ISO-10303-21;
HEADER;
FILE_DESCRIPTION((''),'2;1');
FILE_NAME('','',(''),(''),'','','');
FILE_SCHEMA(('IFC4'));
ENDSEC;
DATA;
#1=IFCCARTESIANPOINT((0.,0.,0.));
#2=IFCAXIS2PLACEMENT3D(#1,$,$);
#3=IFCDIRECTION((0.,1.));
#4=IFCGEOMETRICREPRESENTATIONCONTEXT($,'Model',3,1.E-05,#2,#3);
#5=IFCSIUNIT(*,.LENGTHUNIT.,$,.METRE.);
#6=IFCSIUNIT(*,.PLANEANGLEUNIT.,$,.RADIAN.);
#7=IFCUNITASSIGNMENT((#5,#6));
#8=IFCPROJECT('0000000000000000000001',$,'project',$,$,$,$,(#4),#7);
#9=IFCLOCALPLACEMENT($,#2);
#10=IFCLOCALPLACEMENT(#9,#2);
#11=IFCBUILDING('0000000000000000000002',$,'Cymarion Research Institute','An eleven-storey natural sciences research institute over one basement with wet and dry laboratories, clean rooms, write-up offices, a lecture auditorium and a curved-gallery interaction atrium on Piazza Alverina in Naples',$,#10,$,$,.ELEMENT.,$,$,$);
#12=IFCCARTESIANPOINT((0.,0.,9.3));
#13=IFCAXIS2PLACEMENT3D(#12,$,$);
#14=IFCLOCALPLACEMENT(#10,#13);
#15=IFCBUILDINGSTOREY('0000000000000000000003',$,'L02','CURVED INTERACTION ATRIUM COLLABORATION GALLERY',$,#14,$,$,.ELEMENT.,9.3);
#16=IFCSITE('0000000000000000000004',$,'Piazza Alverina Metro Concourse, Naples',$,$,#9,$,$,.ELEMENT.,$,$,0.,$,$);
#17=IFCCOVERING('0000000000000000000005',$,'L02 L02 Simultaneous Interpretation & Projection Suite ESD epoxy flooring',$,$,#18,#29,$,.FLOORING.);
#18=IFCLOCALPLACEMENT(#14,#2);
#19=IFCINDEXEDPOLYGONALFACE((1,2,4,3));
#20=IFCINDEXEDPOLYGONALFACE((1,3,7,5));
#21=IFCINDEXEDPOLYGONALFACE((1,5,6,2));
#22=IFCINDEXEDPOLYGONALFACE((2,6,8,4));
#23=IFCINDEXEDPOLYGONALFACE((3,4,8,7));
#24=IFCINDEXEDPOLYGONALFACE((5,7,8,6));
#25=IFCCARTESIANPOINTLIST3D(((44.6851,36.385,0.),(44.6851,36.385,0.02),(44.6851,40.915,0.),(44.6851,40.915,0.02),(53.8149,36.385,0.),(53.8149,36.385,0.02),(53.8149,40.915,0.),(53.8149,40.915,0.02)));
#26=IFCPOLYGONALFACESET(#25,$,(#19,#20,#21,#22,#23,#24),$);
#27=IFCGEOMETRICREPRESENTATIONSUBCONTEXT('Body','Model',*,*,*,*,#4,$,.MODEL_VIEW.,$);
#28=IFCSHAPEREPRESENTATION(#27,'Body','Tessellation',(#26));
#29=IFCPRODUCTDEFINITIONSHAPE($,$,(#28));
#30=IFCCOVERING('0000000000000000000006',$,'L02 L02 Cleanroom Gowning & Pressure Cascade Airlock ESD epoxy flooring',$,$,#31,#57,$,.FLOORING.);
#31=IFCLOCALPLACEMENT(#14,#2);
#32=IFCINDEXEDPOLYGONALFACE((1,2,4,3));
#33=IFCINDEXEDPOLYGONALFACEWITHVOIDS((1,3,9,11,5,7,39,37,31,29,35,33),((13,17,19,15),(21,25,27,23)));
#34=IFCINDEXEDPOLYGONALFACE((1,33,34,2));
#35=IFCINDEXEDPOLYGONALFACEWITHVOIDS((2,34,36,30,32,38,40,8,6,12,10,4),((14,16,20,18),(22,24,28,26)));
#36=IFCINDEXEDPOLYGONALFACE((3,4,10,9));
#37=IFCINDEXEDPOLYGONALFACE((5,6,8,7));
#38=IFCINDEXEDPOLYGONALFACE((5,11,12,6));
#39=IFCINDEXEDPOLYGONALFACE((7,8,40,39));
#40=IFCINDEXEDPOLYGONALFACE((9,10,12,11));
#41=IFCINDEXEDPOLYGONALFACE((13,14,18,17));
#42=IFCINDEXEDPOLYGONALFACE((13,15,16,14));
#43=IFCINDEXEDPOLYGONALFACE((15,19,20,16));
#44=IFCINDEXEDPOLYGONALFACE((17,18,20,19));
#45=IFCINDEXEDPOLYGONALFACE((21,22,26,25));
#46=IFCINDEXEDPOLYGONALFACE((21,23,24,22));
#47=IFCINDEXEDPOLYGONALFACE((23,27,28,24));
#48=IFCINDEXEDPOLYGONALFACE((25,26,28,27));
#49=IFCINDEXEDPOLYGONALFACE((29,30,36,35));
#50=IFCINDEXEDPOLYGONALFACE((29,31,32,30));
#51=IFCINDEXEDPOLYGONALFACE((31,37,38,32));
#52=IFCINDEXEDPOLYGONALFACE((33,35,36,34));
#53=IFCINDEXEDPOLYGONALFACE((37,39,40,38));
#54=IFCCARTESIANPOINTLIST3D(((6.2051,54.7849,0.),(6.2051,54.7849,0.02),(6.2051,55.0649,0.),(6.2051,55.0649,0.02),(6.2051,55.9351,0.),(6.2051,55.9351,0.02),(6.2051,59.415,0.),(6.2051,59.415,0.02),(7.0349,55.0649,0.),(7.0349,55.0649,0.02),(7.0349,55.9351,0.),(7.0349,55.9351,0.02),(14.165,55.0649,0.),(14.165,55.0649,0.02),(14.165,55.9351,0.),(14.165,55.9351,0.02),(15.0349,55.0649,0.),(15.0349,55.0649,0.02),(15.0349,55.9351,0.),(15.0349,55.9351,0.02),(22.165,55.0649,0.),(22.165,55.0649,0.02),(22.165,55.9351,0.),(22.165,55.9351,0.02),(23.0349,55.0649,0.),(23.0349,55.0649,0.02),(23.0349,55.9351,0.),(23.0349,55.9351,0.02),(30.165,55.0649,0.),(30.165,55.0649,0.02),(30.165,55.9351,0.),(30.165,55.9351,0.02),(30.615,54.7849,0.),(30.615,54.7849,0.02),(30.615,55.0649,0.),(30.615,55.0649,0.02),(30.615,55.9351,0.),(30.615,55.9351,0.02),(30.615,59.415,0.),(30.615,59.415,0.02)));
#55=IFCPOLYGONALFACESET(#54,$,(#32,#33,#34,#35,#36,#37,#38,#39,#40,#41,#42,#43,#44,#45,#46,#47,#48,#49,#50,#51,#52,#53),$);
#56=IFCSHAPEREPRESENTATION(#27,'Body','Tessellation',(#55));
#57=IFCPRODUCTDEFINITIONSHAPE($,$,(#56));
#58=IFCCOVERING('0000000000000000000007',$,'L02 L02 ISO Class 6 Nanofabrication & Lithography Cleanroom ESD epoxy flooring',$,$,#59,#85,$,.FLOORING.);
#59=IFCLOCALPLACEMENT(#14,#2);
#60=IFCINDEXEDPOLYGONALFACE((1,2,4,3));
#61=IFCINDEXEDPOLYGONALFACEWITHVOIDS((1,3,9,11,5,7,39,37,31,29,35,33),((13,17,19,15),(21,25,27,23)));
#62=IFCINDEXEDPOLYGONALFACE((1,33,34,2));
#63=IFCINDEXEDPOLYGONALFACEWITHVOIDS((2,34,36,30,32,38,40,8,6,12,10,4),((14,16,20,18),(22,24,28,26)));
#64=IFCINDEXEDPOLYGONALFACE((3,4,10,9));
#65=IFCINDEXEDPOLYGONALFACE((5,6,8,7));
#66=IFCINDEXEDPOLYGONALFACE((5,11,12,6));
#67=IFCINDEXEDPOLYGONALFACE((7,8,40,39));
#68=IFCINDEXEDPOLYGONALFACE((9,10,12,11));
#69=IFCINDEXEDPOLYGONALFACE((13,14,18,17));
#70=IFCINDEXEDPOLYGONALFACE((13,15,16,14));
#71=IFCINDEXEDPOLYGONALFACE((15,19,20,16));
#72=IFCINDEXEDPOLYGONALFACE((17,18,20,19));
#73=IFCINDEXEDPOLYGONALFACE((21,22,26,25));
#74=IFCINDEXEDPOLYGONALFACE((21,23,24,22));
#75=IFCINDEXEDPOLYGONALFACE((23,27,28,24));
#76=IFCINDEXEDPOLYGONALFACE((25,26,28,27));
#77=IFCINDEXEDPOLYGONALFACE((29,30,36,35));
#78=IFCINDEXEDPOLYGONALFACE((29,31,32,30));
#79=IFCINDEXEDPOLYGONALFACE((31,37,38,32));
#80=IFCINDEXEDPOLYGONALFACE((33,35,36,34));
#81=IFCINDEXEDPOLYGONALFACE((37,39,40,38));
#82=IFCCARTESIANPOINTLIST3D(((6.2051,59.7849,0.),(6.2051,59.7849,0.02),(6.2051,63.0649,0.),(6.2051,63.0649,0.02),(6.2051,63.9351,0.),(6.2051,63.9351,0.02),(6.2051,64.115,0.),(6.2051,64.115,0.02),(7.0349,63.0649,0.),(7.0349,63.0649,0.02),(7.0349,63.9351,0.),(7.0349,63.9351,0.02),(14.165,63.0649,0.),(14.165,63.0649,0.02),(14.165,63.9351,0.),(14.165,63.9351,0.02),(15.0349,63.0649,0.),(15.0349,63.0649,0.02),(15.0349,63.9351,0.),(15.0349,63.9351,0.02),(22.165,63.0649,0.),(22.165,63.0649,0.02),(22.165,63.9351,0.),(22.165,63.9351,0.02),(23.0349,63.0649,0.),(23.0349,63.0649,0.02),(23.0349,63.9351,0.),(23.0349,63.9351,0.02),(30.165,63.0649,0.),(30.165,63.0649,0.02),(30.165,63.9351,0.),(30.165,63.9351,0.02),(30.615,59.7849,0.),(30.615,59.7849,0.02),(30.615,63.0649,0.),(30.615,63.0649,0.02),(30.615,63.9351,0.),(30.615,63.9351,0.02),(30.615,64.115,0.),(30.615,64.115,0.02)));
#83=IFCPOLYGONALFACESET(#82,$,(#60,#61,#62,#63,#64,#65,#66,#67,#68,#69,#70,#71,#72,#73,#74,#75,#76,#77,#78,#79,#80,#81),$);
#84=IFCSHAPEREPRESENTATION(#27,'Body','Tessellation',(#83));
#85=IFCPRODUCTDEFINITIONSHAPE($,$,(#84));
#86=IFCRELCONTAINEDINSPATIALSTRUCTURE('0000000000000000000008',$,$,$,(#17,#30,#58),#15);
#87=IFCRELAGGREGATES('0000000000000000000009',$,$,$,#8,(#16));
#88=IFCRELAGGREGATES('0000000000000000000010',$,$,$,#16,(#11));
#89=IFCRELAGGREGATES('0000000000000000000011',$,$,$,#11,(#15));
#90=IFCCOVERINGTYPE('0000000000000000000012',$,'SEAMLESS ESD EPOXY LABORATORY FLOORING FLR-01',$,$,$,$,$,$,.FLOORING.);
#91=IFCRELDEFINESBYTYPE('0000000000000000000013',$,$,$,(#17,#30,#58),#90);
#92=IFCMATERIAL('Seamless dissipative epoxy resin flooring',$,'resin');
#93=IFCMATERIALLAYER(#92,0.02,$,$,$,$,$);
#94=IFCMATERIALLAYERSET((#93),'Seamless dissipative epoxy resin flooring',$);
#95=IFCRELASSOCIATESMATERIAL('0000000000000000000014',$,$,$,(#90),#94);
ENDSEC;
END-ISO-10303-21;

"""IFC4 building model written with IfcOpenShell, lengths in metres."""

from ifc_helpers import new_model, si_unit, direction, frame, origin, place, context, subcontext, project, spatial, polyline, outline, extrude, material, layer, layer_set, type_object, element, save


model = new_model("IFC4")

# Units and contexts
model_context = context("Model", 3, precision=1e-05, world=origin(), true_north=direction((0.0, 1.0)))
body_context = subcontext(model_context, "Body", "Model", "MODEL_VIEW")
ifc_project = project(units=[si_unit("LENGTHUNIT", "METRE"), si_unit("PLANEANGLEUNIT", "RADIAN")], contexts=[model_context])

# Site, building, storey
site_placement = place(None, origin())
site = spatial("IfcSite", under=ifc_project, at=site_placement, Name="Piazza Alverina Metro Concourse, Naples", CompositionType="ELEMENT", RefElevation=0.0)
building_placement = place(site_placement, origin())
building = spatial("IfcBuilding", under=site, at=building_placement, Name="Cymarion Research Institute", Description="An eleven-storey natural sciences research institute over one basement with wet and dry laboratories, clean rooms, write-up offices, a lecture auditorium and a curved-gallery interaction atrium on Piazza Alverina in Naples", CompositionType="ELEMENT")
storey_placement = place(building_placement, frame((0.0, 0.0, 9.3)))
storey = spatial("IfcBuildingStorey", under=building, at=storey_placement, Name="L02", Description="CURVED INTERACTION ATRIUM COLLABORATION GALLERY", CompositionType="ELEMENT", Elevation=9.3)

# Coverings
ifc_material_1 = material(Name="Seamless dissipative epoxy resin flooring", Category="resin")
ifc_layer_1 = layer(ifc_material_1, 0.02)
ifc_layer_set_1 = layer_set([ifc_layer_1], Name="Seamless dissipative epoxy resin flooring")
covering_type = type_object("IfcCoveringType", Name="SEAMLESS ESD EPOXY LABORATORY FLOORING FLR-01", PredefinedType="FLOORING", material=ifc_layer_set_1)
covering_1_placement = place(storey_placement, origin())
element("IfcCovering", 1, at=covering_1_placement, inside=storey, type_object=covering_type, Name="L02 L02 Simultaneous Interpretation & Projection Suite ESD epoxy flooring", PredefinedType="FLOORING", context=body_context, shape_type="SweptSolid", body=[
    extrude(outline(polyline([(44.6851, 40.915), (53.8149, 40.915), (53.8149, 36.385), (44.6851, 36.385), (44.6851, 40.915)])), origin(), (0.0, 0.0, 1.0), 0.02),
])
covering_2_placement = place(storey_placement, origin())
element("IfcCovering", 2, at=covering_2_placement, inside=storey, type_object=covering_type, Name="L02 L02 Cleanroom Gowning & Pressure Cascade Airlock ESD epoxy flooring", PredefinedType="FLOORING", context=body_context, shape_type="SweptSolid", body=[
    extrude(outline(polyline([(6.2051, 55.0649), (7.0349, 55.0649), (7.0349, 55.9351), (6.2051, 55.9351), (6.2051, 59.415), (30.615, 59.415), (30.615, 55.9351), (30.165, 55.9351), (30.165, 55.0649), (30.615, 55.0649), (30.615, 54.7849), (6.2051, 54.7849), (6.2051, 55.0649)]), holes=[polyline([(23.0349, 55.9351), (22.165, 55.9351), (22.165, 55.0649), (23.0349, 55.0649), (23.0349, 55.9351)]), polyline([(15.0349, 55.9351), (14.165, 55.9351), (14.165, 55.0649), (15.0349, 55.0649), (15.0349, 55.9351)])]), origin(), (0.0, 0.0, 1.0), 0.02),
])
covering_3_placement = place(storey_placement, origin())
element("IfcCovering", 3, at=covering_3_placement, inside=storey, type_object=covering_type, Name="L02 L02 ISO Class 6 Nanofabrication & Lithography Cleanroom ESD epoxy flooring", PredefinedType="FLOORING", context=body_context, shape_type="SweptSolid", body=[
    extrude(outline(polyline([(6.2051, 63.0649), (7.0349, 63.0649), (7.0349, 63.9351), (6.2051, 63.9351), (6.2051, 64.115), (30.615, 64.115), (30.615, 63.9351), (30.165, 63.9351), (30.165, 63.0649), (30.615, 63.0649), (30.615, 59.7849), (6.2051, 59.7849), (6.2051, 63.0649)]), holes=[polyline([(23.0349, 63.9351), (22.165, 63.9351), (22.165, 63.0649), (23.0349, 63.0649), (23.0349, 63.9351)]), polyline([(15.0349, 63.9351), (14.165, 63.9351), (14.165, 63.0649), (15.0349, 63.0649), (15.0349, 63.9351)])]), origin(), (0.0, 0.0, 1.0), 0.02),
])

save(model, "model.ifc")
